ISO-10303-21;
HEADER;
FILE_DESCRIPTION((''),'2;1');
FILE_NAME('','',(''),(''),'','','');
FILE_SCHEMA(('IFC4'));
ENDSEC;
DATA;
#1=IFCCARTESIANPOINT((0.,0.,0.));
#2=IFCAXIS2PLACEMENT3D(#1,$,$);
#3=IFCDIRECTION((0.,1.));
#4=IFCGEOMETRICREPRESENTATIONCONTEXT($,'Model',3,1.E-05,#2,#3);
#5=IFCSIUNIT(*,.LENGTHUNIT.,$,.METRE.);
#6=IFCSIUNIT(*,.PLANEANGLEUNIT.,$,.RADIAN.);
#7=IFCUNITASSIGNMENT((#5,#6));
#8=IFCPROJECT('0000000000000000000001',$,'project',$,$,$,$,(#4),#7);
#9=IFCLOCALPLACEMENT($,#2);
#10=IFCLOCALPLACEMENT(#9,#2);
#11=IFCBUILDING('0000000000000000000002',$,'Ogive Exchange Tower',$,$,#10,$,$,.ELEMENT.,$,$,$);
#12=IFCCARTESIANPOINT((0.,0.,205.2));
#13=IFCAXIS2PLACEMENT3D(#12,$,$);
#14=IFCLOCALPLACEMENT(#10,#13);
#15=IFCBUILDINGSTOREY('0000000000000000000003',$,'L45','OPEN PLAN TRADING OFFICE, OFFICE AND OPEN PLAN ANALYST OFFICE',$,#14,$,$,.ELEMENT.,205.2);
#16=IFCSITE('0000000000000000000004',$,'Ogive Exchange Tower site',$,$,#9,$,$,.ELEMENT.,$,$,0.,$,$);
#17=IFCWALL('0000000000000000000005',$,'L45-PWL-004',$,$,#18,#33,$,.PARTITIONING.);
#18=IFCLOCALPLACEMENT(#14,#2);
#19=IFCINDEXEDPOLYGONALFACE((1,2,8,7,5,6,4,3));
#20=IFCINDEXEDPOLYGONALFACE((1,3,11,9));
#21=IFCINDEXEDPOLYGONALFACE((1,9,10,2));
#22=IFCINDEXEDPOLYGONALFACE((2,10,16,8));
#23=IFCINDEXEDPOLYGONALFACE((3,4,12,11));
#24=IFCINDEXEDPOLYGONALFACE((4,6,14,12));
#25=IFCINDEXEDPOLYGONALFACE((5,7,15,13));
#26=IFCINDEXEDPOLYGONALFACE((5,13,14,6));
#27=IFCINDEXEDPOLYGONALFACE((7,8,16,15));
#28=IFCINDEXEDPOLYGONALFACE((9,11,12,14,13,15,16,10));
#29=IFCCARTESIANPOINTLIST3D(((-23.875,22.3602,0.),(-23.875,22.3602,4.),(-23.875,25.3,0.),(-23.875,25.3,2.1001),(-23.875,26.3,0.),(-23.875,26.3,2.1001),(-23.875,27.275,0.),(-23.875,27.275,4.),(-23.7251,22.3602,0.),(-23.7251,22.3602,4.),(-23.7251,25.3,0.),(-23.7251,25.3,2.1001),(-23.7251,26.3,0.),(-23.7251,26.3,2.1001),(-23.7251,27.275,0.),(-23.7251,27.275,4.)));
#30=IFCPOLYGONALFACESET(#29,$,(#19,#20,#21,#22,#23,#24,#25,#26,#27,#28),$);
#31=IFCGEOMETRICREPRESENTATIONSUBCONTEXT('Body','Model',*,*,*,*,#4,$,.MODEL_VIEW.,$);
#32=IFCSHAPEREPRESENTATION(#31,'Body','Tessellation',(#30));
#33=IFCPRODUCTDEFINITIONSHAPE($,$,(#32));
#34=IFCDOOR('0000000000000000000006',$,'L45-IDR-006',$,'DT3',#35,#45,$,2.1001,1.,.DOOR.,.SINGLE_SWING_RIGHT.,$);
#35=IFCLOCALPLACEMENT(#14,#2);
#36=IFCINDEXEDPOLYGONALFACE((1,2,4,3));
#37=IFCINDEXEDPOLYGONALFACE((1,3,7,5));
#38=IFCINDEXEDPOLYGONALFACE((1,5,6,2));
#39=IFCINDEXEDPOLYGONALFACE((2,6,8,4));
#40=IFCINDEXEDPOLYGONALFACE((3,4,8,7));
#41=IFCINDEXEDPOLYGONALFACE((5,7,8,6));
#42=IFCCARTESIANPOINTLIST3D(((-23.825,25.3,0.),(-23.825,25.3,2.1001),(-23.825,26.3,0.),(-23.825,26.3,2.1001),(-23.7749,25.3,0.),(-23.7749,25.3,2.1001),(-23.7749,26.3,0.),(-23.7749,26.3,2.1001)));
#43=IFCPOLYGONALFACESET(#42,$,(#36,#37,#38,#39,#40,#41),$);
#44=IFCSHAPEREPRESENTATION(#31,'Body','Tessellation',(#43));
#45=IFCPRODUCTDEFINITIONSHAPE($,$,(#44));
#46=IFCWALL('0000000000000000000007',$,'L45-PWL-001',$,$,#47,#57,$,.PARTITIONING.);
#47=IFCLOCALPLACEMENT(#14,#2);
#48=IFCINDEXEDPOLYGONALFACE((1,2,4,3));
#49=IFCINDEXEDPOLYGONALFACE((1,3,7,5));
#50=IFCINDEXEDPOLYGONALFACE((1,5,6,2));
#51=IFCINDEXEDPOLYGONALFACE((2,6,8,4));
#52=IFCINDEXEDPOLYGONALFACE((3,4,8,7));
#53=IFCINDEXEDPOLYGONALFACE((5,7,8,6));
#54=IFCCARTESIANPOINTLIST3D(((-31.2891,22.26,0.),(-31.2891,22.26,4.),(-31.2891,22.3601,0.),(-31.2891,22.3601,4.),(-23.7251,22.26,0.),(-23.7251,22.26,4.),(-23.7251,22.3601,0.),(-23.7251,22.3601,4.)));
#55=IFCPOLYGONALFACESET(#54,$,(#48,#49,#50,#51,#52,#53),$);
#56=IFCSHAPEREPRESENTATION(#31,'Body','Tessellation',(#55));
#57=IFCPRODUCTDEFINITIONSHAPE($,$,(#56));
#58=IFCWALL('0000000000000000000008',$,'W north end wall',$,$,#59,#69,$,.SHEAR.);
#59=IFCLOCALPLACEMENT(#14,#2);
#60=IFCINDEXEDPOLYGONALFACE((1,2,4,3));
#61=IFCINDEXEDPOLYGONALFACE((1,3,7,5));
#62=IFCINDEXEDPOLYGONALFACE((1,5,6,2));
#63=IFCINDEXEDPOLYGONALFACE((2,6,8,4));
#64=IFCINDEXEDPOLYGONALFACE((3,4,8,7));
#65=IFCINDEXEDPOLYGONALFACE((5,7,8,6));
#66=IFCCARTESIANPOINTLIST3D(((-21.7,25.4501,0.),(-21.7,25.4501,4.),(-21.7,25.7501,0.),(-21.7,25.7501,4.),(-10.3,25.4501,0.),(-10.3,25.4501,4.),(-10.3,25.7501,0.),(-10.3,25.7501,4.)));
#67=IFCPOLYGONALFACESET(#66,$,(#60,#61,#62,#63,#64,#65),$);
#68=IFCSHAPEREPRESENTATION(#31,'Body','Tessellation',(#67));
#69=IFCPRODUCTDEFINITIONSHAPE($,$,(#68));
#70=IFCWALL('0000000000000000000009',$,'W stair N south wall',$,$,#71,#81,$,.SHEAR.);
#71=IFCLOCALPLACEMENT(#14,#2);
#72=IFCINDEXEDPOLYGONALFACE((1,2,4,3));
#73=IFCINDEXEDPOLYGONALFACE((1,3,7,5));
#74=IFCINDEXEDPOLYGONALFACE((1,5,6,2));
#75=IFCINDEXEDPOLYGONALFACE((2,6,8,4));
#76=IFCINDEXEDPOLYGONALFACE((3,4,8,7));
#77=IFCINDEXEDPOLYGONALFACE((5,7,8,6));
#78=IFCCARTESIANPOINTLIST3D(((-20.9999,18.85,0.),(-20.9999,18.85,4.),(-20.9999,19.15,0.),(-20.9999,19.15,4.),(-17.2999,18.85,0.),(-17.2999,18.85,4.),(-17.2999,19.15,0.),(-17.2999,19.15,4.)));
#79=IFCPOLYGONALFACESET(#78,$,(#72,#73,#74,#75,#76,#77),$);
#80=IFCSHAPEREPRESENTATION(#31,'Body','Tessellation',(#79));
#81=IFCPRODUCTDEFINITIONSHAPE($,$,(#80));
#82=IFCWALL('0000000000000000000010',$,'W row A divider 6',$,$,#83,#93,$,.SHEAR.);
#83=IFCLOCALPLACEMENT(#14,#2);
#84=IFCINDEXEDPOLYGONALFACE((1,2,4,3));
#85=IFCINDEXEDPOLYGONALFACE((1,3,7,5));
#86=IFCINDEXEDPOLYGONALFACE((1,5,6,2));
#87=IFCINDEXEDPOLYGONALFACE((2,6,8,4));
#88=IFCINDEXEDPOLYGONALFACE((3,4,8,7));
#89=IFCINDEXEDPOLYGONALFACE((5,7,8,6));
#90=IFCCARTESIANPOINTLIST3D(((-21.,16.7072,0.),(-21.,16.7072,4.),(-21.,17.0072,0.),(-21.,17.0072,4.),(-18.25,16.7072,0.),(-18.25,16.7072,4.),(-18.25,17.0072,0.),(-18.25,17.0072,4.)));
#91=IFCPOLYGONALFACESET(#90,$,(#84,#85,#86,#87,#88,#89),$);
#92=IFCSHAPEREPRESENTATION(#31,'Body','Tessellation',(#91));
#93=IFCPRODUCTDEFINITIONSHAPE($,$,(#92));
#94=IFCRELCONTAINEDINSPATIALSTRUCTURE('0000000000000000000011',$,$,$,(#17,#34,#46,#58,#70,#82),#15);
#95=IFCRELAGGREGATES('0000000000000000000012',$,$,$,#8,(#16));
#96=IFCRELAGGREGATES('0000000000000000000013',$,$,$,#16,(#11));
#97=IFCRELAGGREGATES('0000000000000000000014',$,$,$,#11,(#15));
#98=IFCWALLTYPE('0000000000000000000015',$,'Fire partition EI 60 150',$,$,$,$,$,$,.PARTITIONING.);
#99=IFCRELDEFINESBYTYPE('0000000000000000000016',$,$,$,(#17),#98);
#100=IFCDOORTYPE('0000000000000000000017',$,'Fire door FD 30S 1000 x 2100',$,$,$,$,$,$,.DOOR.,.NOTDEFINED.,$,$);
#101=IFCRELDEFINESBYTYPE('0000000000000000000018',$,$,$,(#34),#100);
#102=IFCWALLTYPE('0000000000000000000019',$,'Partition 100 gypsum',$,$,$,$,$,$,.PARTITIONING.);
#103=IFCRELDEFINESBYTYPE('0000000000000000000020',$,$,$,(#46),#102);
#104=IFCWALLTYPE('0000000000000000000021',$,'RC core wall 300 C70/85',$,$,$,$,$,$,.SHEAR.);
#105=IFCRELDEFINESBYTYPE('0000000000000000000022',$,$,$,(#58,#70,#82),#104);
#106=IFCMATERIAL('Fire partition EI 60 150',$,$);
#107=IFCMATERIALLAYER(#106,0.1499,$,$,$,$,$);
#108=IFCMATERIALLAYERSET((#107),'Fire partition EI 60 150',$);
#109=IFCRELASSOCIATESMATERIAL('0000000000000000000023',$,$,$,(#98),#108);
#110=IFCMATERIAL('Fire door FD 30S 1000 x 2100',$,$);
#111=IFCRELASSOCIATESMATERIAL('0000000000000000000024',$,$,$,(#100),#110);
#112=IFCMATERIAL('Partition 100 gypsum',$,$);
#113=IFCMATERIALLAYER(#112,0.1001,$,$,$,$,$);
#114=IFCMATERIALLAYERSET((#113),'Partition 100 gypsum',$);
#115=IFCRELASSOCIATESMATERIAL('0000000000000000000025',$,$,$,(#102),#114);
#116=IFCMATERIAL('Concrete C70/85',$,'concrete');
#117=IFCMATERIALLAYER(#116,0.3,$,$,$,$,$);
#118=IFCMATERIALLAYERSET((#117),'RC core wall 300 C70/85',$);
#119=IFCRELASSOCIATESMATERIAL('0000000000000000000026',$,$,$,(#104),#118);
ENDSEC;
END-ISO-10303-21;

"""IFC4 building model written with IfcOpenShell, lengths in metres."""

from ifc_helpers import new_model, si_unit, direction, frame, frame_2d, origin, place, context, subcontext, project, spatial, rectangle, extrude, material, layer, layer_set, type_object, element, fill, save


model = new_model("IFC4")

# Units and contexts
model_context = context("Model", 3, precision=1e-05, world=origin(), true_north=direction((0.0, 1.0)))
body_context = subcontext(model_context, "Body", "Model", "MODEL_VIEW")
ifc_project = project(units=[si_unit("LENGTHUNIT", "METRE"), si_unit("PLANEANGLEUNIT", "RADIAN")], contexts=[model_context])

# Site, building, storey
site_placement = place(None, origin())
site = spatial("IfcSite", under=ifc_project, at=site_placement, Name="Ogive Exchange Tower site", CompositionType="ELEMENT", RefElevation=0.0)
building_placement = place(site_placement, origin())
building = spatial("IfcBuilding", under=site, at=building_placement, Name="Ogive Exchange Tower", CompositionType="ELEMENT")
storey_placement = place(building_placement, frame((0.0, 0.0, 205.2)))
storey = spatial("IfcBuildingStorey", under=building, at=storey_placement, Name="L45", Description="OPEN PLAN TRADING OFFICE, OFFICE AND OPEN PLAN ANALYST OFFICE", CompositionType="ELEMENT", Elevation=205.2)

# Wall, opening, door
ifc_material_1 = material(Name="Fire partition EI 60 150")
ifc_layer_1 = layer(ifc_material_1, 0.1499)
ifc_layer_set_1 = layer_set([ifc_layer_1], Name="Fire partition EI 60 150")
wall_type_1 = type_object("IfcWallType", Name="Fire partition EI 60 150", PredefinedType="PARTITIONING", material=ifc_layer_set_1)
wall_1_placement = place(storey_placement, frame((-23.8, 22.3601, 0.0), z_axis=(0.0, 0.0, 1.0), x_axis=(0.0, 1.0, 0.0)))
wall_1 = element("IfcWall", 1, at=wall_1_placement, inside=storey, type_object=wall_type_1, Name="L45-PWL-004", PredefinedType="PARTITIONING", context=body_context, shape_type="SweptSolid", body=[
    extrude(rectangle(XDim=4.9148, YDim=0.1499, at=frame_2d((2.4575, 0.0))), origin(), (0.0, 0.0, 1.0), 4.0),
])
opening_placement = place(wall_1_placement, frame((2.9399, 0.0, 0.0)))
opening = element("IfcOpeningElement", 2, at=opening_placement, cuts=wall_1, PredefinedType="OPENING", context=body_context, shape_type="SweptSolid", body=[
    extrude(rectangle(XDim=1.0, YDim=2.1001, at=frame_2d((0.5, 1.05))), frame((0.0, 0.085, 0.0), z_axis=(0.0, -1.0, 0.0), x_axis=(1.0, 0.0, 0.0)), (0.0, 0.0, 1.0), 0.1699),
])
ifc_material_2 = material(Name="Fire door FD 30S 1000 x 2100")
door_type = type_object("IfcDoorType", Name="Fire door FD 30S 1000 x 2100", OperationType="NOTDEFINED", PredefinedType="DOOR", material=ifc_material_2)
door_placement = place(opening_placement, origin())
door = element("IfcDoor", 3, at=door_placement, inside=storey, type_object=door_type, Name="L45-IDR-006", ObjectType="DT3", OperationType="SINGLE_SWING_RIGHT", OverallHeight=2.1001, OverallWidth=1.0, PredefinedType="DOOR", context=body_context, shape_type="SweptSolid", body=[
    extrude(rectangle(XDim=1.0, YDim=2.1001, at=frame_2d((0.5, 1.05))), frame((0.0, 0.0249, 0.0), z_axis=(0.0, -1.0, 0.0), x_axis=(1.0, 0.0, 0.0)), (0.0, 0.0, 1.0), 0.05),
])
fill(opening, door)

# Walls
ifc_material_3 = material(Name="Partition 100 gypsum")
ifc_layer_2 = layer(ifc_material_3, 0.1001)
ifc_layer_set_2 = layer_set([ifc_layer_2], Name="Partition 100 gypsum")
wall_type_2 = type_object("IfcWallType", Name="Partition 100 gypsum", PredefinedType="PARTITIONING", material=ifc_layer_set_2)
wall_2_placement = place(storey_placement, frame((-31.2891, 22.3101, 0.0), z_axis=(0.0, 0.0, 1.0), x_axis=(1.0, 0.0, 0.0)))
element("IfcWall", 4, at=wall_2_placement, inside=storey, type_object=wall_type_2, Name="L45-PWL-001", PredefinedType="PARTITIONING", context=body_context, shape_type="SweptSolid", body=[
    extrude(rectangle(XDim=7.564, YDim=0.1001, at=frame_2d((3.782, 0.0))), origin(), (0.0, 0.0, 1.0), 4.0),
])
ifc_material_4 = material(Name="Concrete C70/85", Category="concrete")
ifc_layer_3 = layer(ifc_material_4, 0.3)
ifc_layer_set_3 = layer_set([ifc_layer_3], Name="RC core wall 300 C70/85")
wall_type_3 = type_object("IfcWallType", Name="RC core wall 300 C70/85", PredefinedType="SHEAR", material=ifc_layer_set_3)
wall_3_placement = place(storey_placement, frame((-21.7, 25.6001, 0.0), z_axis=(0.0, 0.0, 1.0), x_axis=(1.0, 0.0, 0.0)))
element("IfcWall", 5, at=wall_3_placement, inside=storey, type_object=wall_type_3, Name="W north end wall", PredefinedType="SHEAR", context=body_context, shape_type="SweptSolid", body=[
    extrude(rectangle(XDim=11.3999, YDim=0.3, at=frame_2d((5.7, 0.0))), origin(), (0.0, 0.0, 1.0), 4.0),
])
wall_4_placement = place(storey_placement, frame((-21.0, 19.0, 0.0), z_axis=(0.0, 0.0, 1.0), x_axis=(1.0, 0.0, 0.0)))
element("IfcWall", 6, at=wall_4_placement, inside=storey, type_object=wall_type_3, Name="W stair N south wall", PredefinedType="SHEAR", context=body_context, shape_type="SweptSolid", body=[
    extrude(rectangle(XDim=3.7, YDim=0.3, at=frame_2d((1.8501, 0.0))), origin(), (0.0, 0.0, 1.0), 4.0),
])
wall_5_placement = place(storey_placement, frame((-21.0, 16.8572, 0.0), z_axis=(0.0, 0.0, 1.0), x_axis=(1.0, 0.0, 0.0)))
element("IfcWall", 7, at=wall_5_placement, inside=storey, type_object=wall_type_3, Name="W row A divider 6", PredefinedType="SHEAR", context=body_context, shape_type="SweptSolid", body=[
    extrude(rectangle(XDim=2.75, YDim=0.3, at=frame_2d((1.375, 0.0))), origin(), (0.0, 0.0, 1.0), 4.0),
])

save(model, "model.ifc")
